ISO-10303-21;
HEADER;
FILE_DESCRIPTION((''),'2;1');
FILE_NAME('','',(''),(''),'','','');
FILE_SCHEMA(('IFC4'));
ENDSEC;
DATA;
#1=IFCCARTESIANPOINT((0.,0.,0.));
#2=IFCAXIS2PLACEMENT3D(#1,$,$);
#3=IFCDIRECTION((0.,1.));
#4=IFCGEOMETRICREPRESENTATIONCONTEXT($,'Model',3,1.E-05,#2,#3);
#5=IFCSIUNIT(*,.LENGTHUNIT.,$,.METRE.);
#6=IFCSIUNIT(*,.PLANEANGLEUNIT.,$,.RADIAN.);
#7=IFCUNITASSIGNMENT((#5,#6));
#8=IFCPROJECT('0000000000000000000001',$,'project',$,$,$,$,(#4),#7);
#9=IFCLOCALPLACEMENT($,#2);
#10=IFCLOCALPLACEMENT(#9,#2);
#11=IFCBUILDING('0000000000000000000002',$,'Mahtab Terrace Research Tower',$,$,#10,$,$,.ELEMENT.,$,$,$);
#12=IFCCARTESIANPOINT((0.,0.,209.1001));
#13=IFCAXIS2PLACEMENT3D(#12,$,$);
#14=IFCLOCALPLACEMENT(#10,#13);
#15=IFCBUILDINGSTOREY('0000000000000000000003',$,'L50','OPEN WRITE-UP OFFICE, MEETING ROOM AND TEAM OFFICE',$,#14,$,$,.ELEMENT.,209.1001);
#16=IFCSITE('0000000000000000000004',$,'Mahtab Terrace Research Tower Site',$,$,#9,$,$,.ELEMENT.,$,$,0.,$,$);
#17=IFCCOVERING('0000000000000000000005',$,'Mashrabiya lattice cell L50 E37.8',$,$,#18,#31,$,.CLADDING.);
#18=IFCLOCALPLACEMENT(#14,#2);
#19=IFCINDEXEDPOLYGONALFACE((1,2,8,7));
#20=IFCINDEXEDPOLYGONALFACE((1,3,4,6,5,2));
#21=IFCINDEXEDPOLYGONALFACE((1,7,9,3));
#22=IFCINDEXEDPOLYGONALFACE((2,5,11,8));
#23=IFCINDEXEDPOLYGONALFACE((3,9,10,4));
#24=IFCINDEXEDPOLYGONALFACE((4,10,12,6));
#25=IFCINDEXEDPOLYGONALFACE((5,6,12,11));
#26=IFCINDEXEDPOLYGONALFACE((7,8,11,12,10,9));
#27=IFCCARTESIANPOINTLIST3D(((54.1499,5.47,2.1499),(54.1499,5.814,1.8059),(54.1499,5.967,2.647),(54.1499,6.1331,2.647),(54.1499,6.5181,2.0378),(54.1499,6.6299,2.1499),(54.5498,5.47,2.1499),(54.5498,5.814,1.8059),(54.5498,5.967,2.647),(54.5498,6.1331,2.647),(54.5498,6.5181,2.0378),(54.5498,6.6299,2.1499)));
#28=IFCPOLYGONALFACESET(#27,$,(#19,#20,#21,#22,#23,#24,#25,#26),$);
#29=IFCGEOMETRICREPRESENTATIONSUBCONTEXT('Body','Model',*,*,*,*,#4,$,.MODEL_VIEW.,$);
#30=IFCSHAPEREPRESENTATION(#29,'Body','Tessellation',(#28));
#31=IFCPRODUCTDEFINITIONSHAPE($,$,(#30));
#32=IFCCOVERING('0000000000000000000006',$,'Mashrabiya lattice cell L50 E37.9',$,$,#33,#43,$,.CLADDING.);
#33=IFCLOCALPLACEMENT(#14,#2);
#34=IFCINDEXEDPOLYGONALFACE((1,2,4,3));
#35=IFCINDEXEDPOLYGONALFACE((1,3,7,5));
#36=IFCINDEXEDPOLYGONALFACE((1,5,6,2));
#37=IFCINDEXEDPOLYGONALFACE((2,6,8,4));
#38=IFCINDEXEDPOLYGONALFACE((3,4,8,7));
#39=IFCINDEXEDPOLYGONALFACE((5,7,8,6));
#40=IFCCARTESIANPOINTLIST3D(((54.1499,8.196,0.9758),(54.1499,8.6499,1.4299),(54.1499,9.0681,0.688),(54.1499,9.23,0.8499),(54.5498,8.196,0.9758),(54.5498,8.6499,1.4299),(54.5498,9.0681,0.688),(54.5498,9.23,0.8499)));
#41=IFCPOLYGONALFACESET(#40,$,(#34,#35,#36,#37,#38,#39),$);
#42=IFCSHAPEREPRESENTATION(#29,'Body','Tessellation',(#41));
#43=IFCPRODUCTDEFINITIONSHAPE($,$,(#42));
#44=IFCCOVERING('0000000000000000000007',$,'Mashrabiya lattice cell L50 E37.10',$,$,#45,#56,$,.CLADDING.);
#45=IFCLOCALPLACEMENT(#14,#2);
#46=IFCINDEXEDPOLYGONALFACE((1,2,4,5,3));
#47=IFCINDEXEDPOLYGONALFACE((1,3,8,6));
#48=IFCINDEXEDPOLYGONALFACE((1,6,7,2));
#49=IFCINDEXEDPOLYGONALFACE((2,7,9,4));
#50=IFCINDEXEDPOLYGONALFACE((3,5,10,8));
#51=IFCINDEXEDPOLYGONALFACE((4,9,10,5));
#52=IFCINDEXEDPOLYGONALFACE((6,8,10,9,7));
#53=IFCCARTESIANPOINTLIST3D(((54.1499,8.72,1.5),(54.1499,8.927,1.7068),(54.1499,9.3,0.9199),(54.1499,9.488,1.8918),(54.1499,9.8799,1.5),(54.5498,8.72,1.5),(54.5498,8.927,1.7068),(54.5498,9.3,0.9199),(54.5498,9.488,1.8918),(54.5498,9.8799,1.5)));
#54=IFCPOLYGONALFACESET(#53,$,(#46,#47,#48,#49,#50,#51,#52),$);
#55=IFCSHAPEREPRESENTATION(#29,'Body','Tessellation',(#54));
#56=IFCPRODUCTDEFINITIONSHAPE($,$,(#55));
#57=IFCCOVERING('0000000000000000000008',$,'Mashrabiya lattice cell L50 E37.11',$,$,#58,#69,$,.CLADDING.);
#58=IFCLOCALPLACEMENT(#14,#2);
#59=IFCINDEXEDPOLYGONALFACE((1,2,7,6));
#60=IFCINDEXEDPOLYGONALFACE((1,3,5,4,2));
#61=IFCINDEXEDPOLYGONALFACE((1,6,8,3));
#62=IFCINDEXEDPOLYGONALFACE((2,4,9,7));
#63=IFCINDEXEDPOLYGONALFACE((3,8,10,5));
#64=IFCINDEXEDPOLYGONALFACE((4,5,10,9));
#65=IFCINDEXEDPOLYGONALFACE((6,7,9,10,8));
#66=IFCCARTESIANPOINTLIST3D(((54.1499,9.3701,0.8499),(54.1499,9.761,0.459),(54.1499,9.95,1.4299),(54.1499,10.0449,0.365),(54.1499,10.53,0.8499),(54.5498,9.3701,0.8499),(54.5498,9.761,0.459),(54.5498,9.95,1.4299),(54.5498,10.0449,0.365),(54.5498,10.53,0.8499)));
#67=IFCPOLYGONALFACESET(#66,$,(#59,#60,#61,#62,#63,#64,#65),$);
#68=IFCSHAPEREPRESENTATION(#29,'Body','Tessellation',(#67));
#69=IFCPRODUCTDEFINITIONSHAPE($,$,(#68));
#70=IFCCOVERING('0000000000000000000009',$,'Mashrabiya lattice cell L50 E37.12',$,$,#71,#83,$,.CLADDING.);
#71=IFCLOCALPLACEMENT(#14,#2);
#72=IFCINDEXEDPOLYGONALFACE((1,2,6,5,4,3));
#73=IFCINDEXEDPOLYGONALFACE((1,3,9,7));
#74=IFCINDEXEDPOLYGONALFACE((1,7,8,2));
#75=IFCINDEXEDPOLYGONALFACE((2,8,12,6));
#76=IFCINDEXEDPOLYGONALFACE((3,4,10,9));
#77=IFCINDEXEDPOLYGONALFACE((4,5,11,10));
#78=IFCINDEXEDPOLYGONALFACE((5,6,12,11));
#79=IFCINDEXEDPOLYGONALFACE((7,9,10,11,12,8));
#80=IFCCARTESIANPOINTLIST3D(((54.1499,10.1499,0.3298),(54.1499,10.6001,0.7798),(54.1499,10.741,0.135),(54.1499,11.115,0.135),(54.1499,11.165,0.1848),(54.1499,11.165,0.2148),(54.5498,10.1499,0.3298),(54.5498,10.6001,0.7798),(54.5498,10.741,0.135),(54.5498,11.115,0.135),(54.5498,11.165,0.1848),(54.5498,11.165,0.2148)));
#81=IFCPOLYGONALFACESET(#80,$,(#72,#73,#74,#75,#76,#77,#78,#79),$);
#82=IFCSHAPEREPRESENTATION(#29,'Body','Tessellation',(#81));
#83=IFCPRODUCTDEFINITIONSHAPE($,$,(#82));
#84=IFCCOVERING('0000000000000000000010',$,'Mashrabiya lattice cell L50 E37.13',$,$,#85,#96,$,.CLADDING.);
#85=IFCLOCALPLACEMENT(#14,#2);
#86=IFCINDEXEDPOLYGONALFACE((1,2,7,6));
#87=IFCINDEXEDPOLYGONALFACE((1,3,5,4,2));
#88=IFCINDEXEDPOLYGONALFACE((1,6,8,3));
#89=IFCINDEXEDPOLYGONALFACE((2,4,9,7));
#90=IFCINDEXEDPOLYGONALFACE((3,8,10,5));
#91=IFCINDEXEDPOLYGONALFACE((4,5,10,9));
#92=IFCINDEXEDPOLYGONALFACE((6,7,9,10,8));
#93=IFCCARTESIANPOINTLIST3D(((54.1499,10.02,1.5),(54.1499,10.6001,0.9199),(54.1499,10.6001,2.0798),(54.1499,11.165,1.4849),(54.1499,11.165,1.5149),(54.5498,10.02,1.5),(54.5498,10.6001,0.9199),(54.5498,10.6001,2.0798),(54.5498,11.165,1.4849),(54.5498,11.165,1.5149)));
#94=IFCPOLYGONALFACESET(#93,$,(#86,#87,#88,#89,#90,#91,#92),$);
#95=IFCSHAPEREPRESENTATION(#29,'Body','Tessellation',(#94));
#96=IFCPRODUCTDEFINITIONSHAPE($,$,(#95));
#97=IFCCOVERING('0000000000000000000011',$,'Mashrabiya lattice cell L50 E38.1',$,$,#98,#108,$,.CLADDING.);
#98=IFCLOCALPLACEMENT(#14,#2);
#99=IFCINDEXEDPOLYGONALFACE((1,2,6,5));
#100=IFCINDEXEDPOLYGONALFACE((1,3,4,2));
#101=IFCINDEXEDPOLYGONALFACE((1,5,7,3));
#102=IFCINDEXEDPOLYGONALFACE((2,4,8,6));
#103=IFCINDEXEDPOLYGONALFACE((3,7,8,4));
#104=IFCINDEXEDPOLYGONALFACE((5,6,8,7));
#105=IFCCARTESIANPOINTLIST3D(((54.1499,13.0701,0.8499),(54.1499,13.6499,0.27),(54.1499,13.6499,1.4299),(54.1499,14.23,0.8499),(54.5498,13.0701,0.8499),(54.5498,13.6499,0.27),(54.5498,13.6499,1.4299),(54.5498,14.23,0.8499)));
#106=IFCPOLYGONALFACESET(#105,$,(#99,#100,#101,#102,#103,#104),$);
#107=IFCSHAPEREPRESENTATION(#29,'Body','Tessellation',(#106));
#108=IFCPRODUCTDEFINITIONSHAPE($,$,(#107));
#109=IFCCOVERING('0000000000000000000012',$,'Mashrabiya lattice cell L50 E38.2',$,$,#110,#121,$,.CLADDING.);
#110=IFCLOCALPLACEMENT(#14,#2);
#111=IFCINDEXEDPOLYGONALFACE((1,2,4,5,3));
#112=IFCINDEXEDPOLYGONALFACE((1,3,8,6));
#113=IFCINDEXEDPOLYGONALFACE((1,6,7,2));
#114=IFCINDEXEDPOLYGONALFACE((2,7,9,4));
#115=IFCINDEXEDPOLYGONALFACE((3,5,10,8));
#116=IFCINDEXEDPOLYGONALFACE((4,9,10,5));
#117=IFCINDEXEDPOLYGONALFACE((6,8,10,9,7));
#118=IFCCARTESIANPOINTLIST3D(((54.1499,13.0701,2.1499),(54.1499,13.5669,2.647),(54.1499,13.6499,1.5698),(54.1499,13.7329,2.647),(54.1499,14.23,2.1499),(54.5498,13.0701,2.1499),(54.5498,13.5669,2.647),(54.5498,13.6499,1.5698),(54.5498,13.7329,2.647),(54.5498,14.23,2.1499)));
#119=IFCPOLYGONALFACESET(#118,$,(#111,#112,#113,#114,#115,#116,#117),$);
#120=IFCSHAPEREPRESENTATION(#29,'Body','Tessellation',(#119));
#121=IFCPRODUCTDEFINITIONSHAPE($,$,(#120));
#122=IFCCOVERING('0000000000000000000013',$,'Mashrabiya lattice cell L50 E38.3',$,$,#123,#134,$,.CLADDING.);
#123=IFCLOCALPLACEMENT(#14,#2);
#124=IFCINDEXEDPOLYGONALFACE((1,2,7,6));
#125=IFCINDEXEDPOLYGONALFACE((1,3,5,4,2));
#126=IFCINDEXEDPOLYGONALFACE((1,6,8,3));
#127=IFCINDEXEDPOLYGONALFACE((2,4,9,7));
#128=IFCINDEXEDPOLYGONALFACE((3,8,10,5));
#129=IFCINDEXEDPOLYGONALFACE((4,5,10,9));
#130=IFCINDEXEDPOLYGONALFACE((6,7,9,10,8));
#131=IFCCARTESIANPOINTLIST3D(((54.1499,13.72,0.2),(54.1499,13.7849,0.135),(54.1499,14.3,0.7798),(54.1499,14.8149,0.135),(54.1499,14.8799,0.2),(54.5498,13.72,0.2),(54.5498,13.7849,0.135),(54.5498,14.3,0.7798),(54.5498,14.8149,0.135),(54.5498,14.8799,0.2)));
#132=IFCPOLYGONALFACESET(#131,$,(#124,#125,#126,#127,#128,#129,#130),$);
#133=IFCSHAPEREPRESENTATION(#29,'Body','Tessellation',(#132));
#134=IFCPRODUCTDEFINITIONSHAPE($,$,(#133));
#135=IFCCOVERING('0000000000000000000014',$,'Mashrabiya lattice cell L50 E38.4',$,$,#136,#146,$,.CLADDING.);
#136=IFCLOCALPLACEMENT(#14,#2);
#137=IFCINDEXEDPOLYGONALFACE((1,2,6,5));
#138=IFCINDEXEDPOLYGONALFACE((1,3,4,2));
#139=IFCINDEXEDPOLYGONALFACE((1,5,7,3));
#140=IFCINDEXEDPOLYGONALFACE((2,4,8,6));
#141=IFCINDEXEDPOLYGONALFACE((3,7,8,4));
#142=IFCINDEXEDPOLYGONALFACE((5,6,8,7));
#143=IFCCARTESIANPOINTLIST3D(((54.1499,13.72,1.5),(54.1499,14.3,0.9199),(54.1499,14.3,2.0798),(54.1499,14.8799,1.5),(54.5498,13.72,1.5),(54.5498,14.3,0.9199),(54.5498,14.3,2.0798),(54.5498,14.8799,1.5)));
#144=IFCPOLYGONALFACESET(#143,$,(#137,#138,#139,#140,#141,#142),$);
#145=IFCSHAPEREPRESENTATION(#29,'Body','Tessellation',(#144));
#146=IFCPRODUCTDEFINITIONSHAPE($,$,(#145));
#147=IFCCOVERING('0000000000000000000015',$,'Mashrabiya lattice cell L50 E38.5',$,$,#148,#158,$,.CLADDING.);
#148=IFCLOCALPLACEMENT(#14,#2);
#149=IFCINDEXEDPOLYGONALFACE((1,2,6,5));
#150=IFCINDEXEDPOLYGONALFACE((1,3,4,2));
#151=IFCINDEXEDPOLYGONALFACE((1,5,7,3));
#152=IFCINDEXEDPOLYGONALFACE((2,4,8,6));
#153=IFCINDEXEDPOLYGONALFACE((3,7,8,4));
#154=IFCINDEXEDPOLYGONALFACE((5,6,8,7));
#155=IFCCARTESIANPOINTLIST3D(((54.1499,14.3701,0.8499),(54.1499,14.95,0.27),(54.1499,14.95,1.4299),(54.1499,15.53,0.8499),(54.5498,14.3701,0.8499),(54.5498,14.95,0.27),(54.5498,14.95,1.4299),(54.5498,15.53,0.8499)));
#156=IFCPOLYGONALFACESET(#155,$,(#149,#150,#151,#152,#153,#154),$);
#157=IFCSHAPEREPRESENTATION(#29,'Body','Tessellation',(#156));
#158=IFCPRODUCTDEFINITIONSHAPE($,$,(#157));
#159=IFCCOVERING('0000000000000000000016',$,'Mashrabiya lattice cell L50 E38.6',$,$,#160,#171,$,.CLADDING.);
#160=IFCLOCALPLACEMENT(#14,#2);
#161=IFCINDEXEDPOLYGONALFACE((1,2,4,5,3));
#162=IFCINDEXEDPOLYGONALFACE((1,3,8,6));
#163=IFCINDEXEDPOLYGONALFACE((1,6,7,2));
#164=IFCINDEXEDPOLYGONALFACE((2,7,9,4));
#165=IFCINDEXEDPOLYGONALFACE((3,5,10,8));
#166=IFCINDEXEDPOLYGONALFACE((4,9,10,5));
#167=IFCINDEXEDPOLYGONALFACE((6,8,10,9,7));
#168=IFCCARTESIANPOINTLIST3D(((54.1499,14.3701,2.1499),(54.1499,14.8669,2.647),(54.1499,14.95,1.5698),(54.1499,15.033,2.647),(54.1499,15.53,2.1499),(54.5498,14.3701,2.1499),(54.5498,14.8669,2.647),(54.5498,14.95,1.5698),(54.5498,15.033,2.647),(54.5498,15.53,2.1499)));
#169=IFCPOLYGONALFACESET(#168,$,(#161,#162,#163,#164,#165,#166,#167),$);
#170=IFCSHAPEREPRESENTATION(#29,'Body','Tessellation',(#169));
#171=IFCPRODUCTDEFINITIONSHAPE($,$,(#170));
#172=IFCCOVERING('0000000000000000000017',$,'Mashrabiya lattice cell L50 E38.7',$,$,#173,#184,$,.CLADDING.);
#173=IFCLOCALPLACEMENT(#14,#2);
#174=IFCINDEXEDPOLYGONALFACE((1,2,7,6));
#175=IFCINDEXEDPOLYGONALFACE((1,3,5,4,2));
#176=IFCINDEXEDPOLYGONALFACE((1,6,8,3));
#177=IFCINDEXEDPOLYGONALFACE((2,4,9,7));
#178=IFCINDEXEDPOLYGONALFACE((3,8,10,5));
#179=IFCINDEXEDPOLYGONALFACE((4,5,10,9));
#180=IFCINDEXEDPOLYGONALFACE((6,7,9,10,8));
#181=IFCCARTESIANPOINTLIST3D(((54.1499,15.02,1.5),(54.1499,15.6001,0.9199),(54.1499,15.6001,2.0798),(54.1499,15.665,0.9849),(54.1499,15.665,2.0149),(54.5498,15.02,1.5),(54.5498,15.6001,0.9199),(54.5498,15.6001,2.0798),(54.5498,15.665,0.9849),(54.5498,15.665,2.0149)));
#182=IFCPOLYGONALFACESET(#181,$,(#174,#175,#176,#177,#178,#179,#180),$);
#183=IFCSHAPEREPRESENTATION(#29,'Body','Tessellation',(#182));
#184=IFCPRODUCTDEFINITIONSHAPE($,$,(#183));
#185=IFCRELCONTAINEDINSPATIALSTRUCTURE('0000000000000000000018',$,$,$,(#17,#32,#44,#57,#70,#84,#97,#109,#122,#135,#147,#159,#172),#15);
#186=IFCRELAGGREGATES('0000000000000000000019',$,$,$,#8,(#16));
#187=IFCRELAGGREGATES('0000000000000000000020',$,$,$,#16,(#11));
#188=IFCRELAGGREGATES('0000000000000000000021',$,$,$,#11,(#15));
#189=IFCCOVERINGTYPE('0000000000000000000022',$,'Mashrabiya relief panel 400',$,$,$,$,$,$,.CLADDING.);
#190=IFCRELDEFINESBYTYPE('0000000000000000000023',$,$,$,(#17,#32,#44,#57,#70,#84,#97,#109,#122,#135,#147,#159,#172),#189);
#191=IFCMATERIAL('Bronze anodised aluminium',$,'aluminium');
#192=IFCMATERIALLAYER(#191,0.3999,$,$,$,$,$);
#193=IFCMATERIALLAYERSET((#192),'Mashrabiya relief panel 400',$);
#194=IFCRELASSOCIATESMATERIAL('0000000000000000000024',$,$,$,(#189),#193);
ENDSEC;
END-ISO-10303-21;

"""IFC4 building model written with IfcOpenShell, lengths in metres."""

from ifc_helpers import new_model, si_unit, direction, frame, origin, place, context, subcontext, project, spatial, polyline, outline, extrude, material, layer, layer_set, type_object, element, save


model = new_model("IFC4")

# Units and contexts
model_context = context("Model", 3, precision=1e-05, world=origin(), true_north=direction((0.0, 1.0)))
body_context = subcontext(model_context, "Body", "Model", "MODEL_VIEW")
ifc_project = project(units=[si_unit("LENGTHUNIT", "METRE"), si_unit("PLANEANGLEUNIT", "RADIAN")], contexts=[model_context])

# Site, building, storey
site_placement = place(None, origin())
site = spatial("IfcSite", under=ifc_project, at=site_placement, Name="Mahtab Terrace Research Tower Site", CompositionType="ELEMENT", RefElevation=0.0)
building_placement = place(site_placement, origin())
building = spatial("IfcBuilding", under=site, at=building_placement, Name="Mahtab Terrace Research Tower", CompositionType="ELEMENT")
storey_placement = place(building_placement, frame((0.0, 0.0, 209.1001)))
storey = spatial("IfcBuildingStorey", under=building, at=storey_placement, Name="L50", Description="OPEN WRITE-UP OFFICE, MEETING ROOM AND TEAM OFFICE", CompositionType="ELEMENT", Elevation=209.1001)

# Coverings
ifc_material_1 = material(Name="Bronze anodised aluminium", Category="aluminium")
ifc_layer_1 = layer(ifc_material_1, 0.3999)
ifc_layer_set_1 = layer_set([ifc_layer_1], Name="Mashrabiya relief panel 400")
covering_type_1 = type_object("IfcCoveringType", Name="Mashrabiya relief panel 400", PredefinedType="CLADDING", material=ifc_layer_set_1)
covering_1_placement = place(storey_placement, frame((54.1499, 5.47, 2.1499), z_axis=(-1.0, 0.0, 0.0), x_axis=(0.0, 0.707107, 0.707107)))
element("IfcCovering", 1, at=covering_1_placement, inside=storey, type_object=covering_type_1, Name="Mashrabiya lattice cell L50 E37.8", PredefinedType="CLADDING", context=body_context, shape_type="SweptSolid", body=[
    extrude(outline(polyline([(0.0, 0.0), (0.703, 0.0), (0.8204, 0.1174), (0.8202, 0.8202), (0.6619, 0.8204), (0.0, 0.4865), (0.0, 0.0)])), origin(), (0.0, 0.0, -1.0), 0.3999),
])
covering_2_placement = place(storey_placement, frame((54.1499, 8.6499, 1.4299), z_axis=(-1.0, 0.0, 0.0), x_axis=(0.0, 0.707107, -0.707107)))
element("IfcCovering", 2, at=covering_2_placement, inside=storey, type_object=covering_type_1, Name="Mashrabiya lattice cell L50 E37.9", PredefinedType="CLADDING", context=body_context, shape_type="SweptSolid", body=[
    extrude(outline(polyline([(0.0, 0.0), (0.8204, 0.0), (0.8204, 0.2289), (0.0002, 0.642), (0.0, 0.0)])), origin(), (0.0, 0.0, -1.0), 0.3999),
])
covering_3_placement = place(storey_placement, frame((54.1499, 9.8799, 1.5), z_axis=(-1.0, 0.0, 0.0), x_axis=(0.0, -0.706958, -0.707256)))
element("IfcCovering", 3, at=covering_3_placement, inside=storey, type_object=covering_type_1, Name="Mashrabiya lattice cell L50 E37.10", PredefinedType="CLADDING", context=body_context, shape_type="SweptSolid", body=[
    extrude(outline(polyline([(0.0, 0.0), (0.8202, 0.0), (0.82, 0.8204), (0.5274, 0.8201), (-0.0001, 0.5542), (0.0, 0.0)])), origin(), (0.0, 0.0, -1.0), 0.3999),
])
covering_4_placement = place(storey_placement, frame((54.1499, 9.3701, 0.8499), z_axis=(-1.0, 0.0, 0.0), x_axis=(0.0, 0.706958, 0.707256)))
element("IfcCovering", 4, at=covering_4_placement, inside=storey, type_object=covering_type_1, Name="Mashrabiya lattice cell L50 E37.11", PredefinedType="CLADDING", context=body_context, shape_type="SweptSolid", body=[
    extrude(outline(polyline([(0.0, 0.0), (0.8202, 0.0), (0.82, 0.8204), (0.1341, 0.82), (-0.0001, 0.5528), (0.0, 0.0)])), origin(), (0.0, 0.0, -1.0), 0.3999),
])
covering_5_placement = place(storey_placement, frame((54.1499, 11.115, 0.135), z_axis=(-1.0, 0.0, 0.0), x_axis=(0.0, -1.0, 0.0)))
element("IfcCovering", 5, at=covering_5_placement, inside=storey, type_object=covering_type_1, Name="Mashrabiya lattice cell L50 E37.12", PredefinedType="CLADDING", context=body_context, shape_type="SweptSolid", body=[
    extrude(outline(polyline([(0.0, 0.0), (0.374, 0.0), (0.9651, 0.1948), (0.5149, 0.6448), (-0.05, 0.0798), (-0.05, 0.0498), (0.0, 0.0)])), origin(), (0.0, 0.0, -1.0), 0.3999),
])
covering_6_placement = place(storey_placement, frame((54.1499, 10.6001, 0.9199), z_axis=(-1.0, 0.0, 0.0), x_axis=(0.0, -0.707107, 0.707107)))
element("IfcCovering", 6, at=covering_6_placement, inside=storey, type_object=covering_type_1, Name="Mashrabiya lattice cell L50 E37.13", PredefinedType="CLADDING", context=body_context, shape_type="SweptSolid", body=[
    extrude(outline(polyline([(0.0, 0.0), (0.8204, 0.0), (0.8202, 0.8202), (0.0212, 0.8202), (0.0, 0.7989), (0.0, 0.0)])), origin(), (0.0, 0.0, -1.0), 0.3999),
])
covering_7_placement = place(storey_placement, frame((54.1499, 13.6499, 1.4299), z_axis=(-1.0, 0.0, 0.0), x_axis=(0.0, 0.707107, -0.707107)))
element("IfcCovering", 7, at=covering_7_placement, inside=storey, type_object=covering_type_1, Name="Mashrabiya lattice cell L50 E38.1", PredefinedType="CLADDING", context=body_context, shape_type="SweptSolid", body=[
    extrude(outline(polyline([(0.0, 0.0), (0.8204, 0.0), (0.8202, 0.8202), (0.0002, 0.8202), (0.0, 0.0)])), origin(), (0.0, 0.0, -1.0), 0.3999),
])
covering_8_placement = place(storey_placement, frame((54.1499, 14.23, 2.1499), z_axis=(-1.0, 0.0, 0.0), x_axis=(0.0, -0.707107, -0.707107)))
element("IfcCovering", 8, at=covering_8_placement, inside=storey, type_object=covering_type_1, Name="Mashrabiya lattice cell L50 E38.2", PredefinedType="CLADDING", context=body_context, shape_type="SweptSolid", body=[
    extrude(outline(polyline([(0.0, 0.0), (0.8204, 0.0), (0.8202, 0.8202), (0.1174, 0.8204), (0.0, 0.703), (0.0, 0.0)])), origin(), (0.0, 0.0, -1.0), 0.3999),
])
covering_9_placement = place(storey_placement, frame((54.1499, 13.72, 0.2), z_axis=(-1.0, 0.0, 0.0), x_axis=(0.0, 0.707256, 0.706958)))
element("IfcCovering", 9, at=covering_9_placement, inside=storey, type_object=covering_type_1, Name="Mashrabiya lattice cell L50 E38.3", PredefinedType="CLADDING", context=body_context, shape_type="SweptSolid", body=[
    extrude(outline(polyline([(0.0, 0.0), (0.8202, 0.0), (0.8204, 0.82), (0.7285, 0.82), (0.0, 0.0918), (0.0, 0.0)])), origin(), (0.0, 0.0, -1.0), 0.3999),
])
covering_10_placement = place(storey_placement, frame((54.1499, 14.3, 2.0798), z_axis=(-1.0, 0.0, 0.0), x_axis=(0.0, 0.707107, -0.707107)))
element("IfcCovering", 10, at=covering_10_placement, inside=storey, type_object=covering_type_1, Name="Mashrabiya lattice cell L50 E38.4", PredefinedType="CLADDING", context=body_context, shape_type="SweptSolid", body=[
    extrude(outline(polyline([(0.0, 0.0), (0.82, 0.0), (0.8202, 0.8202), (-0.0002, 0.8202), (0.0, 0.0)])), origin(), (0.0, 0.0, -1.0), 0.3999),
])
covering_11_placement = place(storey_placement, frame((54.1499, 14.95, 1.4299), z_axis=(-1.0, 0.0, 0.0), x_axis=(0.0, 0.707107, -0.707107)))
element("IfcCovering", 11, at=covering_11_placement, inside=storey, type_object=covering_type_1, Name="Mashrabiya lattice cell L50 E38.5", PredefinedType="CLADDING", context=body_context, shape_type="SweptSolid", body=[
    extrude(outline(polyline([(0.0, 0.0), (0.8204, 0.0), (0.8202, 0.8202), (0.0002, 0.8202), (0.0, 0.0)])), origin(), (0.0, 0.0, -1.0), 0.3999),
])
covering_12_placement = place(storey_placement, frame((54.1499, 15.53, 2.1499), z_axis=(-1.0, 0.0, 0.0), x_axis=(0.0, -0.707107, -0.707107)))
element("IfcCovering", 12, at=covering_12_placement, inside=storey, type_object=covering_type_1, Name="Mashrabiya lattice cell L50 E38.6", PredefinedType="CLADDING", context=body_context, shape_type="SweptSolid", body=[
    extrude(outline(polyline([(0.0, 0.0), (0.8204, 0.0), (0.8202, 0.8202), (0.1174, 0.8204), (0.0, 0.703), (0.0, 0.0)])), origin(), (0.0, 0.0, -1.0), 0.3999),
])
covering_13_placement = place(storey_placement, frame((54.1499, 15.6001, 0.9199), z_axis=(-1.0, 0.0, 0.0), x_axis=(0.0, -0.707107, 0.707107)))
element("IfcCovering", 13, at=covering_13_placement, inside=storey, type_object=covering_type_1, Name="Mashrabiya lattice cell L50 E38.7", PredefinedType="CLADDING", context=body_context, shape_type="SweptSolid", body=[
    extrude(outline(polyline([(0.0, 0.0), (0.8204, 0.0), (0.8202, 0.8202), (0.7283, 0.8202), (0.0, 0.0918), (0.0, 0.0)])), origin(), (0.0, 0.0, -1.0), 0.3999),
])

save(model, "model.ifc")
